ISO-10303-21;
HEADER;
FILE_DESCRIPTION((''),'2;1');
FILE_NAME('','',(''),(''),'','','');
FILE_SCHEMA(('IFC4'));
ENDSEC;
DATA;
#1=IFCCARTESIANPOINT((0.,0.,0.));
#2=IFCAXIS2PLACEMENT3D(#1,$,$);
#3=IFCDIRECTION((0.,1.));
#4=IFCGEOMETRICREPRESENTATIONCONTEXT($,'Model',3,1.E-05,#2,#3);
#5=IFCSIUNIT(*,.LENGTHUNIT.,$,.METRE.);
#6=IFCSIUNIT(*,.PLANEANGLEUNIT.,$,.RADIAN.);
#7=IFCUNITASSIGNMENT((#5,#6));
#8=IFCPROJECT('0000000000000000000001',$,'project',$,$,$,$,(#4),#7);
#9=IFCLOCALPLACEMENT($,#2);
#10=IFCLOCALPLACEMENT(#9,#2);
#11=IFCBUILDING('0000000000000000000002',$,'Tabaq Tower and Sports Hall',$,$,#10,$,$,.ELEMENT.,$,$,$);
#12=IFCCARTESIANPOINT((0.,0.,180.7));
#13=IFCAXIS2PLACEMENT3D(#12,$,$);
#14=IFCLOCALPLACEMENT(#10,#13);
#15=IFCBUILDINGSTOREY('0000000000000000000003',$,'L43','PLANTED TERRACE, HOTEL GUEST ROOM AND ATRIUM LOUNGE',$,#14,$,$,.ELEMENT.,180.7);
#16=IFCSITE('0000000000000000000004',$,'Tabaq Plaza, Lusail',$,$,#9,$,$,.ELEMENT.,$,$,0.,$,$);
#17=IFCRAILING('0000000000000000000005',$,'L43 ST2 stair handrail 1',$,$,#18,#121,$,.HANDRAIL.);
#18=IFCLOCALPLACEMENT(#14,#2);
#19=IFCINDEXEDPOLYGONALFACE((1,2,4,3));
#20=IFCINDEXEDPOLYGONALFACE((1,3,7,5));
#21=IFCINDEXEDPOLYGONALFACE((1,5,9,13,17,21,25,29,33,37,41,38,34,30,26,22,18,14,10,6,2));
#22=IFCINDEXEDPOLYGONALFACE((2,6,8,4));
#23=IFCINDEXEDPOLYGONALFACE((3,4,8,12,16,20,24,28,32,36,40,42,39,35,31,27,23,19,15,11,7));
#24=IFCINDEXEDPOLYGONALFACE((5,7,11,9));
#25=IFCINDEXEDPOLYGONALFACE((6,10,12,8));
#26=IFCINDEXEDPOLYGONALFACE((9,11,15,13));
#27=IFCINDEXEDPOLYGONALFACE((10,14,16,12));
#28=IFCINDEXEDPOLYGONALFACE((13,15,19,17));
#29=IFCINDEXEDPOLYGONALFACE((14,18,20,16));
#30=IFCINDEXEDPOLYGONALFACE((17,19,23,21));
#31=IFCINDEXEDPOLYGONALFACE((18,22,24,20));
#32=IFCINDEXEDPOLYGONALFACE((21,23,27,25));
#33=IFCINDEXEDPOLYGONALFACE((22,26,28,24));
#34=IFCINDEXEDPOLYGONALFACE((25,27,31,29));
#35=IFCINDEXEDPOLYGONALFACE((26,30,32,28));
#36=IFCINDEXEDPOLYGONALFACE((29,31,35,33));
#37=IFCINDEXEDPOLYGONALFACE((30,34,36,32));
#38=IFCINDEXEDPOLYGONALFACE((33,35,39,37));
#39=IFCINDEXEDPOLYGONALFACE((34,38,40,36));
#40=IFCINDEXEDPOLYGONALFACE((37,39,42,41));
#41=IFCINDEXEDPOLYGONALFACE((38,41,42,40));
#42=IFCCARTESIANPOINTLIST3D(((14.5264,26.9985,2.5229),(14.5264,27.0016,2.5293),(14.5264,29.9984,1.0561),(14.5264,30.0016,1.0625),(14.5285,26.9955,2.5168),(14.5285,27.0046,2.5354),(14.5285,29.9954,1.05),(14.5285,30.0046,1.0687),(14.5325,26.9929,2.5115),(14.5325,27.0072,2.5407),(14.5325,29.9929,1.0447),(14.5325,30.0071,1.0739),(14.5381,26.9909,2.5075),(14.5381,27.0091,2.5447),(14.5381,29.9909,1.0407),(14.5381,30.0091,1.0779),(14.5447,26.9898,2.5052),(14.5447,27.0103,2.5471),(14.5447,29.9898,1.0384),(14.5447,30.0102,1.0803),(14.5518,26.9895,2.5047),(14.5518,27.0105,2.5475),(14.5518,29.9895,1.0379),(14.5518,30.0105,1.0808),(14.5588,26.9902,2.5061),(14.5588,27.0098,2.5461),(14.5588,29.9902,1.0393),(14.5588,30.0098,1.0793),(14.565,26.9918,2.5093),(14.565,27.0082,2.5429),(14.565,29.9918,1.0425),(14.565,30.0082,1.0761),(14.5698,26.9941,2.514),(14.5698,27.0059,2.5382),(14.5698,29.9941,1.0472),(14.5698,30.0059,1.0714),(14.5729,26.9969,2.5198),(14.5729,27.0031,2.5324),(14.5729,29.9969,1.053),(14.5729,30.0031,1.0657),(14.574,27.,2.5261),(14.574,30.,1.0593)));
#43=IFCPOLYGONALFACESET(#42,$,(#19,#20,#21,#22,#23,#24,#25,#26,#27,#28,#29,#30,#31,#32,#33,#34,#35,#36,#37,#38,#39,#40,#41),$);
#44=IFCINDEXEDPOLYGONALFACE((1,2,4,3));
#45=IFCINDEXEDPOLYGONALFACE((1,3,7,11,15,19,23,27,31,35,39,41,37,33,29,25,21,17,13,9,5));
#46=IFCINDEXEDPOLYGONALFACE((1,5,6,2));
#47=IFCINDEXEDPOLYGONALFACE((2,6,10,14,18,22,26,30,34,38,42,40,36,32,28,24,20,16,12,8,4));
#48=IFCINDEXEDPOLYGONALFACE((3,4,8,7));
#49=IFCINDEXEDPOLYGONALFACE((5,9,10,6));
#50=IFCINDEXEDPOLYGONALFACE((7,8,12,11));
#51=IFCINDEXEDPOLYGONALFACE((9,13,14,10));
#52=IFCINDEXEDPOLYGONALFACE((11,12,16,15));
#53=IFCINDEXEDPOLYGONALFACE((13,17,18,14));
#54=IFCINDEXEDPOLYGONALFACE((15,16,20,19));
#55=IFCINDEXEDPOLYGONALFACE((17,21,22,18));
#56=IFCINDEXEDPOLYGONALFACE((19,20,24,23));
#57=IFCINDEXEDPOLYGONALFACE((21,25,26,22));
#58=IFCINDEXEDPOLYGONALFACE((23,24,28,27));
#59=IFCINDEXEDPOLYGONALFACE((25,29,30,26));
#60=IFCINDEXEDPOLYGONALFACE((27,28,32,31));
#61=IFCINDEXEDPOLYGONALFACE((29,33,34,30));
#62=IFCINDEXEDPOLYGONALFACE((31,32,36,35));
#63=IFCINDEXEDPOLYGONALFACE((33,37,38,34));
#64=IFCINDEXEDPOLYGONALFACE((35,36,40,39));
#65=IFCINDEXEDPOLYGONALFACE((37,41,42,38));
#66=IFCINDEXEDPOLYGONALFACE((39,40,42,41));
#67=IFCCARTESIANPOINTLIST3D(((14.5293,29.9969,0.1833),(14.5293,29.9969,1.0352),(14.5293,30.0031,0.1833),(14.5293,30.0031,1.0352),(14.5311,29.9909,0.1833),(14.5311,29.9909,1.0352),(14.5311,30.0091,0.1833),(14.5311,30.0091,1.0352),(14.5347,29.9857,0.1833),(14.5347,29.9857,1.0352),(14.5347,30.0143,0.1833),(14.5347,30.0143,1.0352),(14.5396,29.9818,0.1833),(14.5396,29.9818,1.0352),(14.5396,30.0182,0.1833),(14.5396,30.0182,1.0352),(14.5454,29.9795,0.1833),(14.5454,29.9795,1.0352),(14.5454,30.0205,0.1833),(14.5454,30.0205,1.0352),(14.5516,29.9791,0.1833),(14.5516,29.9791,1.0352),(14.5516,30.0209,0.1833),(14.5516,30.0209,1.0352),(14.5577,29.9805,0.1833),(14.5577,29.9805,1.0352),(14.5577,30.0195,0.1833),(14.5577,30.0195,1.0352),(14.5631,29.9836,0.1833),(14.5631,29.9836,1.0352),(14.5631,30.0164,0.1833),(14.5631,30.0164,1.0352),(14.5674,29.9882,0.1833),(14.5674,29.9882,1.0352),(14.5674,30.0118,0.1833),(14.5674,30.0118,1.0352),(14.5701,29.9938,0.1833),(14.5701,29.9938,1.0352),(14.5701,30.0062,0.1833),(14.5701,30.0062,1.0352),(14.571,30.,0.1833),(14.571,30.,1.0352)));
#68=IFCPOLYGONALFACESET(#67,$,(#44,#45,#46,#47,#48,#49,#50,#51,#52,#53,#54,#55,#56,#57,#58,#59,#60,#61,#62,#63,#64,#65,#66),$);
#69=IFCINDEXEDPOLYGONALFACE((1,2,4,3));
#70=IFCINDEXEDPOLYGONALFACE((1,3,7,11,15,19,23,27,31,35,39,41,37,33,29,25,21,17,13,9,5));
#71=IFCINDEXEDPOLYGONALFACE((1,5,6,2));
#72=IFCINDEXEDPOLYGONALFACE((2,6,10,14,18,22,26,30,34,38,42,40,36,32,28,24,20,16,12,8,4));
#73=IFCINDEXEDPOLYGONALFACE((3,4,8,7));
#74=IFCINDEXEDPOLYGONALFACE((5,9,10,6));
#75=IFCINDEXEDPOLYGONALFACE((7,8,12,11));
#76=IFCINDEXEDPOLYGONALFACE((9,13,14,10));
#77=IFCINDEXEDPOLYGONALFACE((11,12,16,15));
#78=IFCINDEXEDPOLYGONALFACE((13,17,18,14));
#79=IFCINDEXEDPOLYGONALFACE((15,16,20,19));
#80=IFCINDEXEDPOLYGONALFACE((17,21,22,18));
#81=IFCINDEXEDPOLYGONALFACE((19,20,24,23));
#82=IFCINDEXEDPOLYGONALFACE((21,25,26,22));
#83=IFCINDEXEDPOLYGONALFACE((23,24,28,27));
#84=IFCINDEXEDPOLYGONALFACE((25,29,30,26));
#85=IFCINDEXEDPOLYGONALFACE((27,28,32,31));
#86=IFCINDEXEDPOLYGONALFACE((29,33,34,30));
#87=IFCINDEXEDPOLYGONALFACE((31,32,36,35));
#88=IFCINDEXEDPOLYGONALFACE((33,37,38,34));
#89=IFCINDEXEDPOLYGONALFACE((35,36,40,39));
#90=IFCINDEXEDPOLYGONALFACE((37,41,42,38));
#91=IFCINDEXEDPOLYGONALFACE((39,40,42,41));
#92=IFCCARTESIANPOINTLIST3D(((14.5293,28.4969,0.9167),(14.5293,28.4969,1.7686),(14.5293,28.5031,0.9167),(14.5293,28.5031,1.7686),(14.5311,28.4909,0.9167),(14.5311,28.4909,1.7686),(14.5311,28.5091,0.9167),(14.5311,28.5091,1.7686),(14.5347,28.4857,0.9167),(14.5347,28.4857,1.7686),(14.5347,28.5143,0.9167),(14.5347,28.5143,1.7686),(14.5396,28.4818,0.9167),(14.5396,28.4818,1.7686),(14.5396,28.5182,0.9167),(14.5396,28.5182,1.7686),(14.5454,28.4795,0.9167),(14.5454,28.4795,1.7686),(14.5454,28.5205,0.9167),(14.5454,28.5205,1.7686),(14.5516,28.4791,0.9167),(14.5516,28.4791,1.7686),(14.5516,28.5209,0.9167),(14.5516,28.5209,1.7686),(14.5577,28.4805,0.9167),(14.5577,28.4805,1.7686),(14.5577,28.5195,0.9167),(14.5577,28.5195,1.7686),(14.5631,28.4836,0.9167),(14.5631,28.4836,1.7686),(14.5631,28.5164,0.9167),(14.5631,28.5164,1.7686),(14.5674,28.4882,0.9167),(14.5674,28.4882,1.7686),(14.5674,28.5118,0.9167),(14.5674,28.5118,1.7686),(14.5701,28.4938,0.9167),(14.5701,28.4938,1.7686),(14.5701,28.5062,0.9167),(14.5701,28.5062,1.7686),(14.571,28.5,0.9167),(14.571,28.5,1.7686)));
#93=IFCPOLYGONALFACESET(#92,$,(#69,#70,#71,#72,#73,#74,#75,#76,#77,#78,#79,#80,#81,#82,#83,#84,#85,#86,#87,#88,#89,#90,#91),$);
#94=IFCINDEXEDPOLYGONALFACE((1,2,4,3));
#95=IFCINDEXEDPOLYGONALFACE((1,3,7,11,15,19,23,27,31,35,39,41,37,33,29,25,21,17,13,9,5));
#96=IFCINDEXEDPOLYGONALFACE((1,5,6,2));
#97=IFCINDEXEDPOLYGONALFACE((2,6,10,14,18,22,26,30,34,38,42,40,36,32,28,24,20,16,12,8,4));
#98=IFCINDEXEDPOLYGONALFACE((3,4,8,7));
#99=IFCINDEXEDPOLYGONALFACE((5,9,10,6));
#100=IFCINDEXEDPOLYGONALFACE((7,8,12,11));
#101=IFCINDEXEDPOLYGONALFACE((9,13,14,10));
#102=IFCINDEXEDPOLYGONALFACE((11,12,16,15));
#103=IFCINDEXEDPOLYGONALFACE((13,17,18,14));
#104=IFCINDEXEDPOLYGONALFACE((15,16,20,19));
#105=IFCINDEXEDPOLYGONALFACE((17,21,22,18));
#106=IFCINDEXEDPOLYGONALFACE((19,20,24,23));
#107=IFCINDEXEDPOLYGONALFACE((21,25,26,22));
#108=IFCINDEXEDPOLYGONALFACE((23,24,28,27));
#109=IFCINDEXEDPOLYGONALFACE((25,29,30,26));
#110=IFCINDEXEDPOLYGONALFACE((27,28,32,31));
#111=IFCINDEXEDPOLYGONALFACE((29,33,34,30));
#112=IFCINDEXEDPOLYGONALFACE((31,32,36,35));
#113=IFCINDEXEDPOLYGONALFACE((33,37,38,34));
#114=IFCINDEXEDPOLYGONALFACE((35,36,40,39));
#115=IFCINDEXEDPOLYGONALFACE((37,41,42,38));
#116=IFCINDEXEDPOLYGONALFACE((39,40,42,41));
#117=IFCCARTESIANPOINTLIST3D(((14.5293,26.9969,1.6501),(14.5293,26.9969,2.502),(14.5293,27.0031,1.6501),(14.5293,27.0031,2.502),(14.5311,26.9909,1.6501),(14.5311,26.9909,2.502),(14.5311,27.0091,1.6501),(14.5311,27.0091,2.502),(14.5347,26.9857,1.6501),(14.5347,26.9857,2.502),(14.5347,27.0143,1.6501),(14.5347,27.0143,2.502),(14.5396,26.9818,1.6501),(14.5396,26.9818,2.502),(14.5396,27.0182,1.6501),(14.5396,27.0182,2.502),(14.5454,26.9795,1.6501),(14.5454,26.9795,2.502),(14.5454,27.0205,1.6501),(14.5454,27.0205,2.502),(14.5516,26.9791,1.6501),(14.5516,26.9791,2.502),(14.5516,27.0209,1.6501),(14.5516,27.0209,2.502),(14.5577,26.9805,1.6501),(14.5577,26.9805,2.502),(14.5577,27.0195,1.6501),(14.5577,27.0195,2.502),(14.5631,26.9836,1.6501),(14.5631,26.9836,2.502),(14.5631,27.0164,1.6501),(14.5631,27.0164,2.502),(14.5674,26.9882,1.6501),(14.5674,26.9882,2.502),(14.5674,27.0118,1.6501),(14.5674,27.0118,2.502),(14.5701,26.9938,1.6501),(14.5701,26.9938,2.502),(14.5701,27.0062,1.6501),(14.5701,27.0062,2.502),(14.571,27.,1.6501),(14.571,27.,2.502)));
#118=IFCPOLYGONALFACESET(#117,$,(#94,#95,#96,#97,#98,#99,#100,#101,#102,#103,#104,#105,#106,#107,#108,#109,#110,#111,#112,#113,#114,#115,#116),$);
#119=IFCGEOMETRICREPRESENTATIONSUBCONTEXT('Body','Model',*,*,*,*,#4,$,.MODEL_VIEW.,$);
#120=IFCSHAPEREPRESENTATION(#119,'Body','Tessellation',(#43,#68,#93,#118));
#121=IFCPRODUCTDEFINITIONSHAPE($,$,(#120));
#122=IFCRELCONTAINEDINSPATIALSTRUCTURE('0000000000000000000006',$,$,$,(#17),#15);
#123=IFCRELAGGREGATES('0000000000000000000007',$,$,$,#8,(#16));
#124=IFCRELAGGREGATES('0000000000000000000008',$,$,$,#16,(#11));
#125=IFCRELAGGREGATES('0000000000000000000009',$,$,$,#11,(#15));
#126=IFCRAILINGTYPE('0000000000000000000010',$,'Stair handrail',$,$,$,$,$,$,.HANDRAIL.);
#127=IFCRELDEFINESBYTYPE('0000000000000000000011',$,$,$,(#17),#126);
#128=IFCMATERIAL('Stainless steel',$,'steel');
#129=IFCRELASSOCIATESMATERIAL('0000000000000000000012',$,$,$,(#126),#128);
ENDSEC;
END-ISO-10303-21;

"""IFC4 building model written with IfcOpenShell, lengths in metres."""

from ifc_helpers import new_model, si_unit, direction, frame, origin, origin_2d, place, context, subcontext, project, spatial, circle, extrude, material, type_object, element, save


model = new_model("IFC4")

# Units and contexts
model_context = context("Model", 3, precision=1e-05, world=origin(), true_north=direction((0.0, 1.0)))
body_context = subcontext(model_context, "Body", "Model", "MODEL_VIEW")
ifc_project = project(units=[si_unit("LENGTHUNIT", "METRE"), si_unit("PLANEANGLEUNIT", "RADIAN")], contexts=[model_context])

# Site, building, storey
site_placement = place(None, origin())
site = spatial("IfcSite", under=ifc_project, at=site_placement, Name="Tabaq Plaza, Lusail", CompositionType="ELEMENT", RefElevation=0.0)
building_placement = place(site_placement, origin())
building = spatial("IfcBuilding", under=site, at=building_placement, Name="Tabaq Tower and Sports Hall", CompositionType="ELEMENT")
storey_placement = place(building_placement, frame((0.0, 0.0, 180.7)))
storey = spatial("IfcBuildingStorey", under=building, at=storey_placement, Name="L43", Description="PLANTED TERRACE, HOTEL GUEST ROOM AND ATRIUM LOUNGE", CompositionType="ELEMENT", Elevation=180.7)

# Railing
ifc_material_1 = material(Name="Stainless steel", Category="steel")
railing_type = type_object("IfcRailingType", Name="Stair handrail", PredefinedType="HANDRAIL", material=ifc_material_1)
for number, where, name in (
    (1, (14.55, 30.0, 0.1833), "L43 ST2 stair handrail 1"),
):
    element("IfcRailing", number, at=place(storey_placement, frame(where)), inside=storey, type_object=railing_type, Name=name, PredefinedType="HANDRAIL", context=body_context, shape_type="SweptSolid", body=[
        extrude(circle(Radius=0.0239, at=origin_2d()), frame((0.0, 0.0, 0.876), z_axis=(0.0, -0.898369, 0.439242), x_axis=(1.0, 0.0, 0.0)), (0.0, 0.0, 1.0), 3.3394),
        extrude(circle(Radius=0.021, at=origin_2d()), origin(), (0.0, 0.0, 1.0), 0.8518),
        extrude(circle(Radius=0.021, at=origin_2d()), frame((0.0, -1.5, 0.7334)), (0.0, 0.0, 1.0), 0.8518),
        extrude(circle(Radius=0.021, at=origin_2d()), frame((0.0, -3.0, 1.4668)), (0.0, 0.0, 1.0), 0.8518),
    ])

save(model, "model.ifc")
